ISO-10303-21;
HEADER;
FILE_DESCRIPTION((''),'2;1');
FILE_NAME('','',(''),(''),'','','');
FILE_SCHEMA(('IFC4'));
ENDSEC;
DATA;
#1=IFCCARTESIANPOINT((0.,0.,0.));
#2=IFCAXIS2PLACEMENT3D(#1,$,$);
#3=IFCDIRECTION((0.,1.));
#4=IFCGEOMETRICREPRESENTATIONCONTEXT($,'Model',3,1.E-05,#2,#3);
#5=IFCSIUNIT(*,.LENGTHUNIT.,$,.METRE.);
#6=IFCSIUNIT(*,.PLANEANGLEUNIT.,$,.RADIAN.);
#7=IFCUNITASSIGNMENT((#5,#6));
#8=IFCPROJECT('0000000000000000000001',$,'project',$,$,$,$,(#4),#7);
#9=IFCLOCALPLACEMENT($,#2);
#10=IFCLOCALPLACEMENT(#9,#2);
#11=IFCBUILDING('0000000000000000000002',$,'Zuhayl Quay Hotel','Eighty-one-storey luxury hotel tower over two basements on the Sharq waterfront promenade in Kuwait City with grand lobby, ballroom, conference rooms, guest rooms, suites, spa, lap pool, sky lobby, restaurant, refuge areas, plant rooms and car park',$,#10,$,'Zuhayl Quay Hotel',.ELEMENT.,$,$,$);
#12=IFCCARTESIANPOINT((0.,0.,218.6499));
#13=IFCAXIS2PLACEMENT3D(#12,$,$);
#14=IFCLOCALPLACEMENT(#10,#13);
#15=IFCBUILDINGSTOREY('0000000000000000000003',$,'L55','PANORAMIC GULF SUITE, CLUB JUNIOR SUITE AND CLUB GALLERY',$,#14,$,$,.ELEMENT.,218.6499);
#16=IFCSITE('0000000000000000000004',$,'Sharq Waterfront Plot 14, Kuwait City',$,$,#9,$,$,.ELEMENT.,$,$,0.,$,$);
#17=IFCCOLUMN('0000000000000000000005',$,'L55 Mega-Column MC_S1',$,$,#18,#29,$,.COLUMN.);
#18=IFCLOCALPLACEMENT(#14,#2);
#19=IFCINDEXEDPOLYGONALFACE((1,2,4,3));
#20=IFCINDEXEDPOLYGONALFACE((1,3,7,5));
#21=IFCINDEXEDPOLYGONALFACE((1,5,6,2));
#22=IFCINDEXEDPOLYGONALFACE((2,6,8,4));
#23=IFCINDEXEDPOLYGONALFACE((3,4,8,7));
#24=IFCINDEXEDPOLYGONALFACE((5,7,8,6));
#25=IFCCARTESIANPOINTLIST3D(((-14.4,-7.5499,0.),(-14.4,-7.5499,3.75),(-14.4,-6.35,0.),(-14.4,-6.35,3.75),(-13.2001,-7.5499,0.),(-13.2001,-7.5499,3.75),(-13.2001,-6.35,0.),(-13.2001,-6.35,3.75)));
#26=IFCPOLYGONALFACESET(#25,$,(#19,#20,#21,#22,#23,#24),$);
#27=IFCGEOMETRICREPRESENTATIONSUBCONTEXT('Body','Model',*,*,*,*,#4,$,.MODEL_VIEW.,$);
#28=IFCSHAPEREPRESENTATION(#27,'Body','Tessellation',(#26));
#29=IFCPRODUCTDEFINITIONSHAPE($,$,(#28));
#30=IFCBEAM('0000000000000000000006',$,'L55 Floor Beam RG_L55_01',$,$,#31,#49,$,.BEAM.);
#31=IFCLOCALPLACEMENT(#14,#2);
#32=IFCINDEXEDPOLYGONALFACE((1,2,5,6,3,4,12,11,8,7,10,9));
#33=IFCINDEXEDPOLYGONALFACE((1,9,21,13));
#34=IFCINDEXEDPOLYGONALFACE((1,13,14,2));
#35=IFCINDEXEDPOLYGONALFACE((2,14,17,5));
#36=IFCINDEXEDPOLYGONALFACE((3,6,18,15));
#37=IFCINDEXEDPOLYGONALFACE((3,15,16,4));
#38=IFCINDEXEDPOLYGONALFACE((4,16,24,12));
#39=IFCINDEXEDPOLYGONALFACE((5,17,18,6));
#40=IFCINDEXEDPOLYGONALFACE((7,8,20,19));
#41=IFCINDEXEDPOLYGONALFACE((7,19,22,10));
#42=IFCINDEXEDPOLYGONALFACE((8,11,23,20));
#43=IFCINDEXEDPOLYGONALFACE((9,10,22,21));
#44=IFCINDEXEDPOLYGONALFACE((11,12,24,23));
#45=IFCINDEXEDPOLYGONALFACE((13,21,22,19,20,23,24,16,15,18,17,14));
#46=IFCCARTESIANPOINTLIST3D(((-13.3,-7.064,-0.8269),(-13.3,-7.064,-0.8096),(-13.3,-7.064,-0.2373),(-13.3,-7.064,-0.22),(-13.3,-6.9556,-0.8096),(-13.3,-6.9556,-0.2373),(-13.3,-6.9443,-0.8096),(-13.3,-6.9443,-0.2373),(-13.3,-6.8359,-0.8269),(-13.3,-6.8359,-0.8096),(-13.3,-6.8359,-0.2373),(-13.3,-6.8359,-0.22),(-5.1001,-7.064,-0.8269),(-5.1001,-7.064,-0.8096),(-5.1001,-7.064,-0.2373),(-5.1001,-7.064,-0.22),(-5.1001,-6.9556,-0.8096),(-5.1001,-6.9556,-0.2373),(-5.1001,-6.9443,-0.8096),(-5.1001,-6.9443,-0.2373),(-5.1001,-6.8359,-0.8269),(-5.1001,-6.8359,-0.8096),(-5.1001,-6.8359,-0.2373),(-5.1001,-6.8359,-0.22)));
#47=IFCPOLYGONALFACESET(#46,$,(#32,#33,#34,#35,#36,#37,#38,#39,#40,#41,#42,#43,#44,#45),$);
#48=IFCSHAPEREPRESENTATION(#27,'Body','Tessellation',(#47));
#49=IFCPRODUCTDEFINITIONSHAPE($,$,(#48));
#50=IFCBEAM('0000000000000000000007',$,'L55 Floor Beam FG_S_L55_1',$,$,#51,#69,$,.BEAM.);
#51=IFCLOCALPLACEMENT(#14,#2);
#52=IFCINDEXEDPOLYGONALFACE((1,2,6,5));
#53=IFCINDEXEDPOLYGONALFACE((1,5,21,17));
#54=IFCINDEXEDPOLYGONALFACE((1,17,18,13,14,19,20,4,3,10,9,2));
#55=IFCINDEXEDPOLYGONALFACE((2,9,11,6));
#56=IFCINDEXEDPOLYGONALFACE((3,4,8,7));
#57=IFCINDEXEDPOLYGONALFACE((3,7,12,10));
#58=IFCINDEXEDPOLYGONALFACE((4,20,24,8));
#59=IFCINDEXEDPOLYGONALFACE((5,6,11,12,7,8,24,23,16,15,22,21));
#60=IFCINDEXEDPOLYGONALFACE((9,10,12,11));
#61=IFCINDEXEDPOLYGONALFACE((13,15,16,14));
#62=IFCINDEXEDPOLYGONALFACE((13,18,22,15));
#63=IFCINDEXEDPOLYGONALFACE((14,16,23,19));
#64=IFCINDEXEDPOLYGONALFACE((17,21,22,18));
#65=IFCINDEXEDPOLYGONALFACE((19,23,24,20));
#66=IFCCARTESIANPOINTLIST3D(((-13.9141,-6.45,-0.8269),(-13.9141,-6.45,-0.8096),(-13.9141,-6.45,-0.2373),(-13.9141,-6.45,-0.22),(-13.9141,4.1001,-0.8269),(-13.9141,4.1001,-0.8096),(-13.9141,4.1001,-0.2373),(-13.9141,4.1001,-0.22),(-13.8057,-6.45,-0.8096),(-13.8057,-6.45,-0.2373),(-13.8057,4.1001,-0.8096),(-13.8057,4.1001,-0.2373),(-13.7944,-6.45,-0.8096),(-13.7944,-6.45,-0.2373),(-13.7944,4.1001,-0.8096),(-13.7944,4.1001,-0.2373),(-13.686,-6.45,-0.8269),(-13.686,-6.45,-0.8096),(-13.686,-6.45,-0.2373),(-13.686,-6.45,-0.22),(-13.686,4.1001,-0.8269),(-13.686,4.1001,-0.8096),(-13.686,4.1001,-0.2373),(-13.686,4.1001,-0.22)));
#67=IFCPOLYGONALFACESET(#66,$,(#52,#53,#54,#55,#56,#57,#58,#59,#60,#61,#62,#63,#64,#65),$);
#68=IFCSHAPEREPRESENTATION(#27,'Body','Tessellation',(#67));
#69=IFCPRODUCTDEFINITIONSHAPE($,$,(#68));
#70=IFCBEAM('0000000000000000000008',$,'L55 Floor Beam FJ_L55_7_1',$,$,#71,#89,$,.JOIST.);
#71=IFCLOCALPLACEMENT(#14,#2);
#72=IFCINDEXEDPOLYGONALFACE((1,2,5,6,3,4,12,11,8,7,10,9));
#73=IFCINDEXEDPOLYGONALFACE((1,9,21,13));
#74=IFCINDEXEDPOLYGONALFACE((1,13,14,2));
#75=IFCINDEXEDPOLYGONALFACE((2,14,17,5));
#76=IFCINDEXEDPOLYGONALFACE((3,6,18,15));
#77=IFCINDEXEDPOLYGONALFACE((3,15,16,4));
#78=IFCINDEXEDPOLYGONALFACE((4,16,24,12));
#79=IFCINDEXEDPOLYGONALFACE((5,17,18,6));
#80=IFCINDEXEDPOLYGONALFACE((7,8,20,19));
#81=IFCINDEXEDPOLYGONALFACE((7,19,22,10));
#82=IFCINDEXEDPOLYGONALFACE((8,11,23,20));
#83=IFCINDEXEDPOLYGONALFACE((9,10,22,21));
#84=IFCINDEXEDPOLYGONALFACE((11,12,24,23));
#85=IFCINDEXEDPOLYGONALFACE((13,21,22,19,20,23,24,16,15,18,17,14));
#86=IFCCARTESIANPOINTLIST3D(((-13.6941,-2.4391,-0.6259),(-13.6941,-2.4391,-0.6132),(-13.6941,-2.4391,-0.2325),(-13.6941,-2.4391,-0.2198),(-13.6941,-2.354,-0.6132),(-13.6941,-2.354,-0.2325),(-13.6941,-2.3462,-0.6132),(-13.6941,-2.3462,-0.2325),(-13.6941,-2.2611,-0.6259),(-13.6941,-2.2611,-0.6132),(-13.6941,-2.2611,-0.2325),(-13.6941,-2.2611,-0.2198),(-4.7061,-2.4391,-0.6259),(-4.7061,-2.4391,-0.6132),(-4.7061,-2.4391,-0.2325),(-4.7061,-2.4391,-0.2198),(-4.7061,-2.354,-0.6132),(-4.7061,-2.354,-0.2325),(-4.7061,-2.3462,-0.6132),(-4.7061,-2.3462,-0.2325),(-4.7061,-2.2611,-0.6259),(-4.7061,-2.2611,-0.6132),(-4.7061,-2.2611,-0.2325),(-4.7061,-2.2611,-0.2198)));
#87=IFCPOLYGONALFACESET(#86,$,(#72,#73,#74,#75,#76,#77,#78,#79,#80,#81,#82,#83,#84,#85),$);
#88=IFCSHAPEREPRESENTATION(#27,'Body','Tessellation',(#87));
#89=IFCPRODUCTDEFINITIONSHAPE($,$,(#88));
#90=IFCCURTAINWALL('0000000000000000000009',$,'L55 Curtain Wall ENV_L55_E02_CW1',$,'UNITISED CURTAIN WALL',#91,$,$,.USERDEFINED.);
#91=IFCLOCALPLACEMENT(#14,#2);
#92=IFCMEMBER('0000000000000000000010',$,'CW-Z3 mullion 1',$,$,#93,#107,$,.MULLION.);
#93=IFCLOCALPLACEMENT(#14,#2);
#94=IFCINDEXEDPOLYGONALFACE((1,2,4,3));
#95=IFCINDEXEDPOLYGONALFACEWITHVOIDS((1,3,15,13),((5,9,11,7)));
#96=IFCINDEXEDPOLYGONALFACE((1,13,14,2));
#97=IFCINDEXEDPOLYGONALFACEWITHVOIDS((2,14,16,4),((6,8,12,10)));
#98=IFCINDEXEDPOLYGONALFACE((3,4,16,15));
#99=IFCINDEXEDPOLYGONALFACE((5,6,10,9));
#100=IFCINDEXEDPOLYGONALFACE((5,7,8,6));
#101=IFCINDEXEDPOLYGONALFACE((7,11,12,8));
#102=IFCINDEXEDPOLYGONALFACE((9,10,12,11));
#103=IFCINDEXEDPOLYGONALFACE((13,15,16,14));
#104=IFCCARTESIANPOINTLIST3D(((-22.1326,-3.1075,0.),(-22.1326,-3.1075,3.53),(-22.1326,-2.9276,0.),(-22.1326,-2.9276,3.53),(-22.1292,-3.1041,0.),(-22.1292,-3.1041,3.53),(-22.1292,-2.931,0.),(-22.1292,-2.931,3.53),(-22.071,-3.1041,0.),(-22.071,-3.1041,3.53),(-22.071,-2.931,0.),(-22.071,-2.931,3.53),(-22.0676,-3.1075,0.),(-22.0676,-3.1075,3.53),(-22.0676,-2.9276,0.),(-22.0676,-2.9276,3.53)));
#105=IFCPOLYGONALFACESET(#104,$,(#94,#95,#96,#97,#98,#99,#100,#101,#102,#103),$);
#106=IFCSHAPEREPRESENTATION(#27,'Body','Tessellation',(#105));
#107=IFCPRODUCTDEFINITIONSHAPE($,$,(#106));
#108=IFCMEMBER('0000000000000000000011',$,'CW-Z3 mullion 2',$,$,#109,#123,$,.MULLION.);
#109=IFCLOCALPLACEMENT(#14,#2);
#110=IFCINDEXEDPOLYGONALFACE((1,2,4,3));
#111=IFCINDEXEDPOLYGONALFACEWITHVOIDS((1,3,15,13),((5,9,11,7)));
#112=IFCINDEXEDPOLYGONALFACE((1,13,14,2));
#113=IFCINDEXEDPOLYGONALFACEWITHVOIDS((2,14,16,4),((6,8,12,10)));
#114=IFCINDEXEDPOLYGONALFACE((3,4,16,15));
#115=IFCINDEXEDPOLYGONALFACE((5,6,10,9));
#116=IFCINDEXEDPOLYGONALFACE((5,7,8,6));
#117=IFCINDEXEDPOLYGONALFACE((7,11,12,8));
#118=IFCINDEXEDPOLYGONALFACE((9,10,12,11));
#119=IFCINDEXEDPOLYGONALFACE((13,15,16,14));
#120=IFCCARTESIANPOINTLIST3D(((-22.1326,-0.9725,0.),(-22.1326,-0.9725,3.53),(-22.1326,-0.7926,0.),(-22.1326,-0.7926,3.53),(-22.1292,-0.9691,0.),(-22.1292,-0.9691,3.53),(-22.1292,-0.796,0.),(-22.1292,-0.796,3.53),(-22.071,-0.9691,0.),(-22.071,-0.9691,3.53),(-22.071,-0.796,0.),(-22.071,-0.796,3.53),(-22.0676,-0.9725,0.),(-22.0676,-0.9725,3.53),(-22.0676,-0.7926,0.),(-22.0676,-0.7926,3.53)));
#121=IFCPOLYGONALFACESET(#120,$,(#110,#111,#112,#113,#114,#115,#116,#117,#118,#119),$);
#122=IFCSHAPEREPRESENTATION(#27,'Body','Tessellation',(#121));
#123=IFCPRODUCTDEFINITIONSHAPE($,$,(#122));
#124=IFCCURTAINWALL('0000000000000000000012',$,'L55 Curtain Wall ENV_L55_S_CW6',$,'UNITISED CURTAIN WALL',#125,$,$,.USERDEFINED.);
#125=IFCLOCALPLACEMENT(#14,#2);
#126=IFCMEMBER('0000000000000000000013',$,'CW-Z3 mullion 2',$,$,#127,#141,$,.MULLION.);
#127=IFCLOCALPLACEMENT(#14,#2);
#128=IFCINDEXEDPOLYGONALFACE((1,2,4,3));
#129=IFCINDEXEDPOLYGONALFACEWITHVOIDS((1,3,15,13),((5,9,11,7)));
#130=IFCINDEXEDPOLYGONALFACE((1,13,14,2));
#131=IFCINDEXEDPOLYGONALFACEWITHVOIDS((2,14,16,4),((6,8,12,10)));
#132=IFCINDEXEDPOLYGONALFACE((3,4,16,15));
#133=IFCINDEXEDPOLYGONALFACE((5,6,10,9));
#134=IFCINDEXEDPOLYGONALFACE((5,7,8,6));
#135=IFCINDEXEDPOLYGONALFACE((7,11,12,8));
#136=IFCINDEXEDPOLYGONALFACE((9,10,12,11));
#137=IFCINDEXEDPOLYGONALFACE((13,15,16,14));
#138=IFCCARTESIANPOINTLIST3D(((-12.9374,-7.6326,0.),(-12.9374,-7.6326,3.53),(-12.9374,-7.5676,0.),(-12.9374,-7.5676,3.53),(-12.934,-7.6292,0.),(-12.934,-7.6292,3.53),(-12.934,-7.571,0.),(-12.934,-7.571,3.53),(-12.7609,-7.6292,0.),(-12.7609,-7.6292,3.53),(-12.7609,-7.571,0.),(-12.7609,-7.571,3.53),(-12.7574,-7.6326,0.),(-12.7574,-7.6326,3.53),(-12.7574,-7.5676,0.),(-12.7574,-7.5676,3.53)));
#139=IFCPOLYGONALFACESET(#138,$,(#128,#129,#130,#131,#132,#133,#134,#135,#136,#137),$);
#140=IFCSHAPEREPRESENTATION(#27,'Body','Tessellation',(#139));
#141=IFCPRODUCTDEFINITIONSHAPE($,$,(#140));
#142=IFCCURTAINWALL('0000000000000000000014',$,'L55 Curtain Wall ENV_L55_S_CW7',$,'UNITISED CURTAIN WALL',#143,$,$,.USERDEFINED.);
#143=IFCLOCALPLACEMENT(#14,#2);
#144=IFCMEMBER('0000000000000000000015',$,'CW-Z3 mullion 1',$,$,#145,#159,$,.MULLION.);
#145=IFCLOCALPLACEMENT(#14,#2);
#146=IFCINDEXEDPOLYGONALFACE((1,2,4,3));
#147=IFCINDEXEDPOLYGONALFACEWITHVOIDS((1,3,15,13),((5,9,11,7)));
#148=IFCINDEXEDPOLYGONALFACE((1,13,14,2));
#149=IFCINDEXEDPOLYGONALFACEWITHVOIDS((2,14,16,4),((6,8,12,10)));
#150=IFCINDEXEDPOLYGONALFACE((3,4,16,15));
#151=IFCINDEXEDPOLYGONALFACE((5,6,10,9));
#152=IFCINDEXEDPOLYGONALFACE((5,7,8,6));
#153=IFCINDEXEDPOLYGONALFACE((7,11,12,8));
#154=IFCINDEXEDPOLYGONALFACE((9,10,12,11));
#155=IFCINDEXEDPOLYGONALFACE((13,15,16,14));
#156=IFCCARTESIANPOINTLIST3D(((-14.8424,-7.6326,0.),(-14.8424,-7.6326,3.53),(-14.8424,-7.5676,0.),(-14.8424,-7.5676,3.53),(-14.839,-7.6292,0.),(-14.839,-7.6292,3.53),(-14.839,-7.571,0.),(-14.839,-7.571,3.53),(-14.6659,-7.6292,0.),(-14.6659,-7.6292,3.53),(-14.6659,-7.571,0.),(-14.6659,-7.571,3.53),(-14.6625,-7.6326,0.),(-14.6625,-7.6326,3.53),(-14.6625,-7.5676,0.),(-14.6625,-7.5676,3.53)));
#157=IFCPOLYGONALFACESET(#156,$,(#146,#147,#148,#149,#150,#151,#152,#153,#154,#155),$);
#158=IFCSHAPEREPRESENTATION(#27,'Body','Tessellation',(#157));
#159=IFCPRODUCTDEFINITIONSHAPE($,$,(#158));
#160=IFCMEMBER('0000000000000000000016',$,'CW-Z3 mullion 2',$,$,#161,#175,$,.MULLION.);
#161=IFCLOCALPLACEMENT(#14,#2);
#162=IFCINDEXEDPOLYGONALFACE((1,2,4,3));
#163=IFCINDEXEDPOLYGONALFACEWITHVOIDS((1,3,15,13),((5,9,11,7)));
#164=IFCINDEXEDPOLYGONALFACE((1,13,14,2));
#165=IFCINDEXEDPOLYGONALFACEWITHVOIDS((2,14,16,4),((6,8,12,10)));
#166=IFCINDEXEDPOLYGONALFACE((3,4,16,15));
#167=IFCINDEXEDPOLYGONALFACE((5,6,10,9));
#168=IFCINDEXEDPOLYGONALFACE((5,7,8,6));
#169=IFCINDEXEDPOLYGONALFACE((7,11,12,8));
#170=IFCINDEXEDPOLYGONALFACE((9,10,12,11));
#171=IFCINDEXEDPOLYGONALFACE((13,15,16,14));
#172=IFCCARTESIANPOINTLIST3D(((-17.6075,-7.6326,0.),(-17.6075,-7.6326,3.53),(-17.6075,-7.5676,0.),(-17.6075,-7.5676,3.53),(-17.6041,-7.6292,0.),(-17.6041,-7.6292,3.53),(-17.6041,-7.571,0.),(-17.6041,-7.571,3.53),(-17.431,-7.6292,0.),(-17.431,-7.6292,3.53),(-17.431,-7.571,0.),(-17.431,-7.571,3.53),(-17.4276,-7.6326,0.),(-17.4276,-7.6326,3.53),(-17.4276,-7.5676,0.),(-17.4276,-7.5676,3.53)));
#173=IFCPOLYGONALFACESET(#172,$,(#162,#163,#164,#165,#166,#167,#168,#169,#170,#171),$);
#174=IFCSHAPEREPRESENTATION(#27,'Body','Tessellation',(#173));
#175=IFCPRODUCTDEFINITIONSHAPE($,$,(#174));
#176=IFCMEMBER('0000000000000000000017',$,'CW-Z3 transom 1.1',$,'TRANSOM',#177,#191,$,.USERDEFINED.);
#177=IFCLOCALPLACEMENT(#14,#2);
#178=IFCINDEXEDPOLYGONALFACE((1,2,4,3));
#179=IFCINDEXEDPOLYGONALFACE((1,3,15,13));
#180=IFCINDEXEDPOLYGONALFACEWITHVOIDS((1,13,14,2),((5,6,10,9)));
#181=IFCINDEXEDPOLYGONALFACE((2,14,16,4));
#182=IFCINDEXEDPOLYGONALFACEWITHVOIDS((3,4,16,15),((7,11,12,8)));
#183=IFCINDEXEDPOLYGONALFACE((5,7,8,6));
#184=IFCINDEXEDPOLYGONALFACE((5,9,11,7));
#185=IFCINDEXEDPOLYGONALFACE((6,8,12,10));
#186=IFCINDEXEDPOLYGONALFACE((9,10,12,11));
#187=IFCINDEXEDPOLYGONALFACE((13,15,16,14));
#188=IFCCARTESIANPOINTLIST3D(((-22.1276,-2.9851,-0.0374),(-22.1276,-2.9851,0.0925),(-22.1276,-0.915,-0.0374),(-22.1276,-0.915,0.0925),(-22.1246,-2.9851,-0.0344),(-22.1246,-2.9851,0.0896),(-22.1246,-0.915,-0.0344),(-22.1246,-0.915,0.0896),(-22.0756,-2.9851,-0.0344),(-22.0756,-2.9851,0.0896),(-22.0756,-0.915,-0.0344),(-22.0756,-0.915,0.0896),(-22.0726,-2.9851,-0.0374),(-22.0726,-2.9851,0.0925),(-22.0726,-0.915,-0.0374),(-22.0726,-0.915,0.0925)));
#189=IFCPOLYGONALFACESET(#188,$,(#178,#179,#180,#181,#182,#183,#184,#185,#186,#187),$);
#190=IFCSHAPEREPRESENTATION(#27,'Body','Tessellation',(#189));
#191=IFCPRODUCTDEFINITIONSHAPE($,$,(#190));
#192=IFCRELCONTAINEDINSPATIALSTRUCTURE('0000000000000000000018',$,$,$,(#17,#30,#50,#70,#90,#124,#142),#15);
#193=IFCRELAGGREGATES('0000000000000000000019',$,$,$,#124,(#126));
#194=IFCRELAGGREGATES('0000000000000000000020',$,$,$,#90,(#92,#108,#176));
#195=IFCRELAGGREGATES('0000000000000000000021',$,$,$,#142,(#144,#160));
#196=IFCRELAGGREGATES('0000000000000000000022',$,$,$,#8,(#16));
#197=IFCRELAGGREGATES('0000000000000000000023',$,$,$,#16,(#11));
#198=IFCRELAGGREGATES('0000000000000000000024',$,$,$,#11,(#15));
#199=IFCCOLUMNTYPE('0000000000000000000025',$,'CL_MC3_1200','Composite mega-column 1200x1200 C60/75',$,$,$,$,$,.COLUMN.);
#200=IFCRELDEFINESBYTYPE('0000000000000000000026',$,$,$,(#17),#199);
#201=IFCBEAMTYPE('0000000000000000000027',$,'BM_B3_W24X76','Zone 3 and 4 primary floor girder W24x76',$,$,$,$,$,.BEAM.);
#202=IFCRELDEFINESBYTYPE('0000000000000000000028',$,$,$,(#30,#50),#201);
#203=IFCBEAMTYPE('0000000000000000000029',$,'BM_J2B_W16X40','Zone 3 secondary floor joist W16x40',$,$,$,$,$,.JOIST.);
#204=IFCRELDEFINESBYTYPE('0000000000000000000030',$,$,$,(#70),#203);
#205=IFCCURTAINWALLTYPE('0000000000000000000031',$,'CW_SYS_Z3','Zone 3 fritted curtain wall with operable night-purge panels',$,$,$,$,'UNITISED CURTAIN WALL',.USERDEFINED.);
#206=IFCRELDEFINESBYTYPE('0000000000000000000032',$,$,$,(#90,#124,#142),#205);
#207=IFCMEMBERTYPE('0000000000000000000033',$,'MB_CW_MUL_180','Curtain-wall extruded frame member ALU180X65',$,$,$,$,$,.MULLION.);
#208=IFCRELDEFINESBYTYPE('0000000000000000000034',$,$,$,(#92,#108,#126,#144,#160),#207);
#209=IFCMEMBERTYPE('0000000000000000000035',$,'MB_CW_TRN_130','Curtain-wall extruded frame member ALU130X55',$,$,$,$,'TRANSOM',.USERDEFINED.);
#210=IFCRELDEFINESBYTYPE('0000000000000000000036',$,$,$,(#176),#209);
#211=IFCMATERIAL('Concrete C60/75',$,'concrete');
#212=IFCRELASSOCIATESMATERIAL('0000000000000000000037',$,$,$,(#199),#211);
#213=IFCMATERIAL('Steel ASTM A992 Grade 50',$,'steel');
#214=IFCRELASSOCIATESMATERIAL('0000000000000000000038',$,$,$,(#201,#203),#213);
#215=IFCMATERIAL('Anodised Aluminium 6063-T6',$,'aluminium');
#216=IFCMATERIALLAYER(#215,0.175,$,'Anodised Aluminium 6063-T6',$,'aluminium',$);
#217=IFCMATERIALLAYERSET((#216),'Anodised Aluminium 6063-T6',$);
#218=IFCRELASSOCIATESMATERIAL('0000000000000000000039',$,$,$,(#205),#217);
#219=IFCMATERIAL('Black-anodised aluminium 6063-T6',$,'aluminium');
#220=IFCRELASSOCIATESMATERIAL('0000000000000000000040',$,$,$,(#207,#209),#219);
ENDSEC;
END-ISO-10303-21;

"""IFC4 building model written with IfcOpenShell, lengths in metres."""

from ifc_helpers import new_model, si_unit, direction, frame, origin, origin_2d, place, context, subcontext, project, spatial, rectangle, hollow_rectangle, i_section, extrude, material, layer, layer_set, material_profile, profile_set, type_object, element, aggregate, save


model = new_model("IFC4")

# Units and contexts
model_context = context("Model", 3, precision=1e-05, world=origin(), true_north=direction((0.0, 1.0)))
body_context = subcontext(model_context, "Body", "Model", "MODEL_VIEW")
ifc_project = project(units=[si_unit("LENGTHUNIT", "METRE"), si_unit("PLANEANGLEUNIT", "RADIAN")], contexts=[model_context])

# Site, building, storey
site_placement = place(None, origin())
site = spatial("IfcSite", under=ifc_project, at=site_placement, Name="Sharq Waterfront Plot 14, Kuwait City", CompositionType="ELEMENT", RefElevation=0.0)
building_placement = place(site_placement, origin())
building = spatial("IfcBuilding", under=site, at=building_placement, Name="Zuhayl Quay Hotel", Description="Eighty-one-storey luxury hotel tower over two basements on the Sharq waterfront promenade in Kuwait City with grand lobby, ballroom, conference rooms, guest rooms, suites, spa, lap pool, sky lobby, restaurant, refuge areas, plant rooms and car park", LongName="Zuhayl Quay Hotel", CompositionType="ELEMENT")
storey_placement = place(building_placement, frame((0.0, 0.0, 218.6499)))
storey = spatial("IfcBuildingStorey", under=building, at=storey_placement, Name="L55", Description="PANORAMIC GULF SUITE, CLUB JUNIOR SUITE AND CLUB GALLERY", CompositionType="ELEMENT", Elevation=218.6499)

# Column
ifc_material_1 = material(Name="Concrete C60/75", Category="concrete")
ifc_material_profile_1 = material_profile(ifc_material_1, rectangle(XDim=1.2, YDim=1.2, at=origin_2d()), Name="RC1200X1200")
ifc_profile_set_1 = profile_set([ifc_material_profile_1], Name="Concrete C60/75")
column_type = type_object("IfcColumnType", Name="CL_MC3_1200", Description="Composite mega-column 1200x1200 C60/75", PredefinedType="COLUMN", material=ifc_profile_set_1)
column_placement = place(storey_placement, frame((-13.8, -6.95, 0.0), z_axis=(0.0, 0.0, 1.0), x_axis=(1.0, 0.0, 0.0)))
element("IfcColumn", 1, at=column_placement, inside=storey, type_object=column_type, Name="L55 Mega-Column MC_S1", PredefinedType="COLUMN", context=body_context, shape_type="SweptSolid", body=[
    extrude(rectangle(XDim=1.2, YDim=1.2, at=origin_2d()), origin(), (0.0, 0.0, 1.0), 3.75),
])

# Beams
ifc_material_2 = material(Name="Steel ASTM A992 Grade 50", Category="steel")
ifc_material_profile_2 = material_profile(ifc_material_2, i_section(OverallWidth=0.228, OverallDepth=0.6069, WebThickness=0.0112, FlangeThickness=0.0173, at=origin_2d()), Name="W24X76")
ifc_profile_set_2 = profile_set([ifc_material_profile_2], Name="Steel ASTM A992 Grade 50")
beam_type_1 = type_object("IfcBeamType", Name="BM_B3_W24X76", Description="Zone 3 and 4 primary floor girder W24x76", PredefinedType="BEAM", material=ifc_profile_set_2)
beam_1_placement = place(storey_placement, frame((-13.3, -6.95, -0.5234), z_axis=(1.0, 0.0, 0.0), x_axis=(0.0, 1.0, 0.0)))
element("IfcBeam", 2, at=beam_1_placement, inside=storey, type_object=beam_type_1, Name="L55 Floor Beam RG_L55_01", PredefinedType="BEAM", context=body_context, shape_type="SweptSolid", body=[
    extrude(i_section(OverallWidth=0.228, OverallDepth=0.6069, WebThickness=0.0112, FlangeThickness=0.0173, at=origin_2d()), origin(), (0.0, 0.0, 1.0), 8.2),
])
beam_2_placement = place(storey_placement, frame((-13.8, -6.45, -0.5234), z_axis=(0.0, 1.0, 0.0), x_axis=(-1.0, 0.0, 0.0)))
element("IfcBeam", 3, at=beam_2_placement, inside=storey, type_object=beam_type_1, Name="L55 Floor Beam FG_S_L55_1", PredefinedType="BEAM", context=body_context, shape_type="SweptSolid", body=[
    extrude(i_section(OverallWidth=0.228, OverallDepth=0.6069, WebThickness=0.0112, FlangeThickness=0.0173, at=origin_2d()), origin(), (0.0, 0.0, 1.0), 10.55),
])
ifc_material_profile_3 = material_profile(ifc_material_2, i_section(OverallWidth=0.178, OverallDepth=0.406, WebThickness=0.0078, FlangeThickness=0.0127, at=origin_2d()), Name="W16X40")
ifc_profile_set_3 = profile_set([ifc_material_profile_3], Name="Steel ASTM A992 Grade 50")
beam_type_2 = type_object("IfcBeamType", Name="BM_J2B_W16X40", Description="Zone 3 secondary floor joist W16x40", PredefinedType="JOIST", material=ifc_profile_set_3)
beam_3_placement = place(storey_placement, frame((-13.6941, -2.3501, -0.4229), z_axis=(1.0, 0.0, 0.0), x_axis=(0.0, 1.0, 0.0)))
element("IfcBeam", 4, at=beam_3_placement, inside=storey, type_object=beam_type_2, Name="L55 Floor Beam FJ_L55_7_1", PredefinedType="JOIST", context=body_context, shape_type="SweptSolid", body=[
    extrude(i_section(OverallWidth=0.178, OverallDepth=0.406, WebThickness=0.0078, FlangeThickness=0.0127, at=origin_2d()), origin(), (0.0, 0.0, 1.0), 8.988),
])

# Curtain wall, members
ifc_material_3 = material(Name="Anodised Aluminium 6063-T6", Category="aluminium")
ifc_layer_1 = layer(ifc_material_3, 0.175, Name="Anodised Aluminium 6063-T6", Category="aluminium")
ifc_layer_set_1 = layer_set([ifc_layer_1], Name="Anodised Aluminium 6063-T6")
curtain_wall_type = type_object("IfcCurtainWallType", Name="CW_SYS_Z3", Description="Zone 3 fritted curtain wall with operable night-purge panels", ElementType="UNITISED CURTAIN WALL", PredefinedType="USERDEFINED", material=ifc_layer_set_1)
curtain_wall_1_placement = place(storey_placement, origin())
curtain_wall_1 = element("IfcCurtainWall", 5, at=curtain_wall_1_placement, inside=storey, type_object=curtain_wall_type, Name="L55 Curtain Wall ENV_L55_E02_CW1", ObjectType="UNITISED CURTAIN WALL", PredefinedType="USERDEFINED")
ifc_material_4 = material(Name="Black-anodised aluminium 6063-T6", Category="aluminium")
ifc_material_profile_4 = material_profile(ifc_material_4, hollow_rectangle(XDim=0.0649, YDim=0.1799, WallThickness=0.0034, at=origin_2d()), Name="ALU180X65")
ifc_profile_set_4 = profile_set([ifc_material_profile_4], Name="Black-anodised aluminium 6063-T6")
member_type_1 = type_object("IfcMemberType", Name="MB_CW_MUL_180", Description="Curtain-wall extruded frame member ALU180X65", PredefinedType="MULLION", material=ifc_profile_set_4)
member_1_placement = place(storey_placement, frame((-22.1001, -3.0176, 0.0), z_axis=(0.0, 0.0, 1.0), x_axis=(-1.0, 0.0, 0.0)))
member_1 = element("IfcMember", 6, at=member_1_placement, type_object=member_type_1, Name="CW-Z3 mullion 1", PredefinedType="MULLION", context=body_context, shape_type="SweptSolid", body=[
    extrude(hollow_rectangle(XDim=0.0649, YDim=0.1799, WallThickness=0.0034, at=origin_2d()), origin(), (0.0, 0.0, 1.0), 3.53),
])
member_2_placement = place(storey_placement, frame((-22.1001, -0.8826, 0.0), z_axis=(0.0, 0.0, 1.0), x_axis=(-1.0, 0.0, 0.0)))
member_2 = element("IfcMember", 7, at=member_2_placement, type_object=member_type_1, Name="CW-Z3 mullion 2", PredefinedType="MULLION", context=body_context, shape_type="SweptSolid", body=[
    extrude(hollow_rectangle(XDim=0.0649, YDim=0.1799, WallThickness=0.0034, at=origin_2d()), origin(), (0.0, 0.0, 1.0), 3.53),
])

# Curtain wall, member
curtain_wall_2_placement = place(storey_placement, origin())
curtain_wall_2 = element("IfcCurtainWall", 8, at=curtain_wall_2_placement, inside=storey, type_object=curtain_wall_type, Name="L55 Curtain Wall ENV_L55_S_CW6", ObjectType="UNITISED CURTAIN WALL", PredefinedType="USERDEFINED")
member_3_placement = place(storey_placement, frame((-12.8474, -7.6001, 0.0), z_axis=(0.0, 0.0, 1.0), x_axis=(0.0, -1.0, 0.0)))
member_3 = element("IfcMember", 9, at=member_3_placement, type_object=member_type_1, Name="CW-Z3 mullion 2", PredefinedType="MULLION", context=body_context, shape_type="SweptSolid", body=[
    extrude(hollow_rectangle(XDim=0.0649, YDim=0.1799, WallThickness=0.0034, at=origin_2d()), origin(), (0.0, 0.0, 1.0), 3.53),
])
aggregate(curtain_wall_2, [member_3])

# Curtain wall, members
curtain_wall_3_placement = place(storey_placement, origin())
curtain_wall_3 = element("IfcCurtainWall", 10, at=curtain_wall_3_placement, inside=storey, type_object=curtain_wall_type, Name="L55 Curtain Wall ENV_L55_S_CW7", ObjectType="UNITISED CURTAIN WALL", PredefinedType="USERDEFINED")
member_4_placement = place(storey_placement, frame((-14.7524, -7.6001, 0.0), z_axis=(0.0, 0.0, 1.0), x_axis=(0.0, -1.0, 0.0)))
member_4 = element("IfcMember", 11, at=member_4_placement, type_object=member_type_1, Name="CW-Z3 mullion 1", PredefinedType="MULLION", context=body_context, shape_type="SweptSolid", body=[
    extrude(hollow_rectangle(XDim=0.0649, YDim=0.1799, WallThickness=0.0034, at=origin_2d()), origin(), (0.0, 0.0, 1.0), 3.53),
])
member_5_placement = place(storey_placement, frame((-17.5176, -7.6001, 0.0), z_axis=(0.0, 0.0, 1.0), x_axis=(0.0, -1.0, 0.0)))
member_5 = element("IfcMember", 12, at=member_5_placement, type_object=member_type_1, Name="CW-Z3 mullion 2", PredefinedType="MULLION", context=body_context, shape_type="SweptSolid", body=[
    extrude(hollow_rectangle(XDim=0.0649, YDim=0.1799, WallThickness=0.0034, at=origin_2d()), origin(), (0.0, 0.0, 1.0), 3.53),
])

# Member
ifc_material_profile_5 = material_profile(ifc_material_4, hollow_rectangle(XDim=0.0549, YDim=0.1299, WallThickness=0.0029, at=origin_2d()), Name="ALU130X55")
ifc_profile_set_5 = profile_set([ifc_material_profile_5], Name="Black-anodised aluminium 6063-T6")
member_type_2 = type_object("IfcMemberType", Name="MB_CW_TRN_130", Description="Curtain-wall extruded frame member ALU130X55", ElementType="TRANSOM", PredefinedType="USERDEFINED", material=ifc_profile_set_5)
member_6_placement = place(storey_placement, frame((-22.1001, -2.9851, 0.0276), z_axis=(0.0, 1.0, 0.0), x_axis=(-1.0, 0.0, 0.0)))
member_6 = element("IfcMember", 13, at=member_6_placement, type_object=member_type_2, Name="CW-Z3 transom 1.1", ObjectType="TRANSOM", PredefinedType="USERDEFINED", context=body_context, shape_type="SweptSolid", body=[
    extrude(hollow_rectangle(XDim=0.0549, YDim=0.1299, WallThickness=0.0029, at=origin_2d()), origin(), (0.0, 0.0, 1.0), 2.0701),
])

aggregate(curtain_wall_1, [member_1, member_2, member_6])
aggregate(curtain_wall_3, [member_4, member_5])

save(model, "model.ifc")
